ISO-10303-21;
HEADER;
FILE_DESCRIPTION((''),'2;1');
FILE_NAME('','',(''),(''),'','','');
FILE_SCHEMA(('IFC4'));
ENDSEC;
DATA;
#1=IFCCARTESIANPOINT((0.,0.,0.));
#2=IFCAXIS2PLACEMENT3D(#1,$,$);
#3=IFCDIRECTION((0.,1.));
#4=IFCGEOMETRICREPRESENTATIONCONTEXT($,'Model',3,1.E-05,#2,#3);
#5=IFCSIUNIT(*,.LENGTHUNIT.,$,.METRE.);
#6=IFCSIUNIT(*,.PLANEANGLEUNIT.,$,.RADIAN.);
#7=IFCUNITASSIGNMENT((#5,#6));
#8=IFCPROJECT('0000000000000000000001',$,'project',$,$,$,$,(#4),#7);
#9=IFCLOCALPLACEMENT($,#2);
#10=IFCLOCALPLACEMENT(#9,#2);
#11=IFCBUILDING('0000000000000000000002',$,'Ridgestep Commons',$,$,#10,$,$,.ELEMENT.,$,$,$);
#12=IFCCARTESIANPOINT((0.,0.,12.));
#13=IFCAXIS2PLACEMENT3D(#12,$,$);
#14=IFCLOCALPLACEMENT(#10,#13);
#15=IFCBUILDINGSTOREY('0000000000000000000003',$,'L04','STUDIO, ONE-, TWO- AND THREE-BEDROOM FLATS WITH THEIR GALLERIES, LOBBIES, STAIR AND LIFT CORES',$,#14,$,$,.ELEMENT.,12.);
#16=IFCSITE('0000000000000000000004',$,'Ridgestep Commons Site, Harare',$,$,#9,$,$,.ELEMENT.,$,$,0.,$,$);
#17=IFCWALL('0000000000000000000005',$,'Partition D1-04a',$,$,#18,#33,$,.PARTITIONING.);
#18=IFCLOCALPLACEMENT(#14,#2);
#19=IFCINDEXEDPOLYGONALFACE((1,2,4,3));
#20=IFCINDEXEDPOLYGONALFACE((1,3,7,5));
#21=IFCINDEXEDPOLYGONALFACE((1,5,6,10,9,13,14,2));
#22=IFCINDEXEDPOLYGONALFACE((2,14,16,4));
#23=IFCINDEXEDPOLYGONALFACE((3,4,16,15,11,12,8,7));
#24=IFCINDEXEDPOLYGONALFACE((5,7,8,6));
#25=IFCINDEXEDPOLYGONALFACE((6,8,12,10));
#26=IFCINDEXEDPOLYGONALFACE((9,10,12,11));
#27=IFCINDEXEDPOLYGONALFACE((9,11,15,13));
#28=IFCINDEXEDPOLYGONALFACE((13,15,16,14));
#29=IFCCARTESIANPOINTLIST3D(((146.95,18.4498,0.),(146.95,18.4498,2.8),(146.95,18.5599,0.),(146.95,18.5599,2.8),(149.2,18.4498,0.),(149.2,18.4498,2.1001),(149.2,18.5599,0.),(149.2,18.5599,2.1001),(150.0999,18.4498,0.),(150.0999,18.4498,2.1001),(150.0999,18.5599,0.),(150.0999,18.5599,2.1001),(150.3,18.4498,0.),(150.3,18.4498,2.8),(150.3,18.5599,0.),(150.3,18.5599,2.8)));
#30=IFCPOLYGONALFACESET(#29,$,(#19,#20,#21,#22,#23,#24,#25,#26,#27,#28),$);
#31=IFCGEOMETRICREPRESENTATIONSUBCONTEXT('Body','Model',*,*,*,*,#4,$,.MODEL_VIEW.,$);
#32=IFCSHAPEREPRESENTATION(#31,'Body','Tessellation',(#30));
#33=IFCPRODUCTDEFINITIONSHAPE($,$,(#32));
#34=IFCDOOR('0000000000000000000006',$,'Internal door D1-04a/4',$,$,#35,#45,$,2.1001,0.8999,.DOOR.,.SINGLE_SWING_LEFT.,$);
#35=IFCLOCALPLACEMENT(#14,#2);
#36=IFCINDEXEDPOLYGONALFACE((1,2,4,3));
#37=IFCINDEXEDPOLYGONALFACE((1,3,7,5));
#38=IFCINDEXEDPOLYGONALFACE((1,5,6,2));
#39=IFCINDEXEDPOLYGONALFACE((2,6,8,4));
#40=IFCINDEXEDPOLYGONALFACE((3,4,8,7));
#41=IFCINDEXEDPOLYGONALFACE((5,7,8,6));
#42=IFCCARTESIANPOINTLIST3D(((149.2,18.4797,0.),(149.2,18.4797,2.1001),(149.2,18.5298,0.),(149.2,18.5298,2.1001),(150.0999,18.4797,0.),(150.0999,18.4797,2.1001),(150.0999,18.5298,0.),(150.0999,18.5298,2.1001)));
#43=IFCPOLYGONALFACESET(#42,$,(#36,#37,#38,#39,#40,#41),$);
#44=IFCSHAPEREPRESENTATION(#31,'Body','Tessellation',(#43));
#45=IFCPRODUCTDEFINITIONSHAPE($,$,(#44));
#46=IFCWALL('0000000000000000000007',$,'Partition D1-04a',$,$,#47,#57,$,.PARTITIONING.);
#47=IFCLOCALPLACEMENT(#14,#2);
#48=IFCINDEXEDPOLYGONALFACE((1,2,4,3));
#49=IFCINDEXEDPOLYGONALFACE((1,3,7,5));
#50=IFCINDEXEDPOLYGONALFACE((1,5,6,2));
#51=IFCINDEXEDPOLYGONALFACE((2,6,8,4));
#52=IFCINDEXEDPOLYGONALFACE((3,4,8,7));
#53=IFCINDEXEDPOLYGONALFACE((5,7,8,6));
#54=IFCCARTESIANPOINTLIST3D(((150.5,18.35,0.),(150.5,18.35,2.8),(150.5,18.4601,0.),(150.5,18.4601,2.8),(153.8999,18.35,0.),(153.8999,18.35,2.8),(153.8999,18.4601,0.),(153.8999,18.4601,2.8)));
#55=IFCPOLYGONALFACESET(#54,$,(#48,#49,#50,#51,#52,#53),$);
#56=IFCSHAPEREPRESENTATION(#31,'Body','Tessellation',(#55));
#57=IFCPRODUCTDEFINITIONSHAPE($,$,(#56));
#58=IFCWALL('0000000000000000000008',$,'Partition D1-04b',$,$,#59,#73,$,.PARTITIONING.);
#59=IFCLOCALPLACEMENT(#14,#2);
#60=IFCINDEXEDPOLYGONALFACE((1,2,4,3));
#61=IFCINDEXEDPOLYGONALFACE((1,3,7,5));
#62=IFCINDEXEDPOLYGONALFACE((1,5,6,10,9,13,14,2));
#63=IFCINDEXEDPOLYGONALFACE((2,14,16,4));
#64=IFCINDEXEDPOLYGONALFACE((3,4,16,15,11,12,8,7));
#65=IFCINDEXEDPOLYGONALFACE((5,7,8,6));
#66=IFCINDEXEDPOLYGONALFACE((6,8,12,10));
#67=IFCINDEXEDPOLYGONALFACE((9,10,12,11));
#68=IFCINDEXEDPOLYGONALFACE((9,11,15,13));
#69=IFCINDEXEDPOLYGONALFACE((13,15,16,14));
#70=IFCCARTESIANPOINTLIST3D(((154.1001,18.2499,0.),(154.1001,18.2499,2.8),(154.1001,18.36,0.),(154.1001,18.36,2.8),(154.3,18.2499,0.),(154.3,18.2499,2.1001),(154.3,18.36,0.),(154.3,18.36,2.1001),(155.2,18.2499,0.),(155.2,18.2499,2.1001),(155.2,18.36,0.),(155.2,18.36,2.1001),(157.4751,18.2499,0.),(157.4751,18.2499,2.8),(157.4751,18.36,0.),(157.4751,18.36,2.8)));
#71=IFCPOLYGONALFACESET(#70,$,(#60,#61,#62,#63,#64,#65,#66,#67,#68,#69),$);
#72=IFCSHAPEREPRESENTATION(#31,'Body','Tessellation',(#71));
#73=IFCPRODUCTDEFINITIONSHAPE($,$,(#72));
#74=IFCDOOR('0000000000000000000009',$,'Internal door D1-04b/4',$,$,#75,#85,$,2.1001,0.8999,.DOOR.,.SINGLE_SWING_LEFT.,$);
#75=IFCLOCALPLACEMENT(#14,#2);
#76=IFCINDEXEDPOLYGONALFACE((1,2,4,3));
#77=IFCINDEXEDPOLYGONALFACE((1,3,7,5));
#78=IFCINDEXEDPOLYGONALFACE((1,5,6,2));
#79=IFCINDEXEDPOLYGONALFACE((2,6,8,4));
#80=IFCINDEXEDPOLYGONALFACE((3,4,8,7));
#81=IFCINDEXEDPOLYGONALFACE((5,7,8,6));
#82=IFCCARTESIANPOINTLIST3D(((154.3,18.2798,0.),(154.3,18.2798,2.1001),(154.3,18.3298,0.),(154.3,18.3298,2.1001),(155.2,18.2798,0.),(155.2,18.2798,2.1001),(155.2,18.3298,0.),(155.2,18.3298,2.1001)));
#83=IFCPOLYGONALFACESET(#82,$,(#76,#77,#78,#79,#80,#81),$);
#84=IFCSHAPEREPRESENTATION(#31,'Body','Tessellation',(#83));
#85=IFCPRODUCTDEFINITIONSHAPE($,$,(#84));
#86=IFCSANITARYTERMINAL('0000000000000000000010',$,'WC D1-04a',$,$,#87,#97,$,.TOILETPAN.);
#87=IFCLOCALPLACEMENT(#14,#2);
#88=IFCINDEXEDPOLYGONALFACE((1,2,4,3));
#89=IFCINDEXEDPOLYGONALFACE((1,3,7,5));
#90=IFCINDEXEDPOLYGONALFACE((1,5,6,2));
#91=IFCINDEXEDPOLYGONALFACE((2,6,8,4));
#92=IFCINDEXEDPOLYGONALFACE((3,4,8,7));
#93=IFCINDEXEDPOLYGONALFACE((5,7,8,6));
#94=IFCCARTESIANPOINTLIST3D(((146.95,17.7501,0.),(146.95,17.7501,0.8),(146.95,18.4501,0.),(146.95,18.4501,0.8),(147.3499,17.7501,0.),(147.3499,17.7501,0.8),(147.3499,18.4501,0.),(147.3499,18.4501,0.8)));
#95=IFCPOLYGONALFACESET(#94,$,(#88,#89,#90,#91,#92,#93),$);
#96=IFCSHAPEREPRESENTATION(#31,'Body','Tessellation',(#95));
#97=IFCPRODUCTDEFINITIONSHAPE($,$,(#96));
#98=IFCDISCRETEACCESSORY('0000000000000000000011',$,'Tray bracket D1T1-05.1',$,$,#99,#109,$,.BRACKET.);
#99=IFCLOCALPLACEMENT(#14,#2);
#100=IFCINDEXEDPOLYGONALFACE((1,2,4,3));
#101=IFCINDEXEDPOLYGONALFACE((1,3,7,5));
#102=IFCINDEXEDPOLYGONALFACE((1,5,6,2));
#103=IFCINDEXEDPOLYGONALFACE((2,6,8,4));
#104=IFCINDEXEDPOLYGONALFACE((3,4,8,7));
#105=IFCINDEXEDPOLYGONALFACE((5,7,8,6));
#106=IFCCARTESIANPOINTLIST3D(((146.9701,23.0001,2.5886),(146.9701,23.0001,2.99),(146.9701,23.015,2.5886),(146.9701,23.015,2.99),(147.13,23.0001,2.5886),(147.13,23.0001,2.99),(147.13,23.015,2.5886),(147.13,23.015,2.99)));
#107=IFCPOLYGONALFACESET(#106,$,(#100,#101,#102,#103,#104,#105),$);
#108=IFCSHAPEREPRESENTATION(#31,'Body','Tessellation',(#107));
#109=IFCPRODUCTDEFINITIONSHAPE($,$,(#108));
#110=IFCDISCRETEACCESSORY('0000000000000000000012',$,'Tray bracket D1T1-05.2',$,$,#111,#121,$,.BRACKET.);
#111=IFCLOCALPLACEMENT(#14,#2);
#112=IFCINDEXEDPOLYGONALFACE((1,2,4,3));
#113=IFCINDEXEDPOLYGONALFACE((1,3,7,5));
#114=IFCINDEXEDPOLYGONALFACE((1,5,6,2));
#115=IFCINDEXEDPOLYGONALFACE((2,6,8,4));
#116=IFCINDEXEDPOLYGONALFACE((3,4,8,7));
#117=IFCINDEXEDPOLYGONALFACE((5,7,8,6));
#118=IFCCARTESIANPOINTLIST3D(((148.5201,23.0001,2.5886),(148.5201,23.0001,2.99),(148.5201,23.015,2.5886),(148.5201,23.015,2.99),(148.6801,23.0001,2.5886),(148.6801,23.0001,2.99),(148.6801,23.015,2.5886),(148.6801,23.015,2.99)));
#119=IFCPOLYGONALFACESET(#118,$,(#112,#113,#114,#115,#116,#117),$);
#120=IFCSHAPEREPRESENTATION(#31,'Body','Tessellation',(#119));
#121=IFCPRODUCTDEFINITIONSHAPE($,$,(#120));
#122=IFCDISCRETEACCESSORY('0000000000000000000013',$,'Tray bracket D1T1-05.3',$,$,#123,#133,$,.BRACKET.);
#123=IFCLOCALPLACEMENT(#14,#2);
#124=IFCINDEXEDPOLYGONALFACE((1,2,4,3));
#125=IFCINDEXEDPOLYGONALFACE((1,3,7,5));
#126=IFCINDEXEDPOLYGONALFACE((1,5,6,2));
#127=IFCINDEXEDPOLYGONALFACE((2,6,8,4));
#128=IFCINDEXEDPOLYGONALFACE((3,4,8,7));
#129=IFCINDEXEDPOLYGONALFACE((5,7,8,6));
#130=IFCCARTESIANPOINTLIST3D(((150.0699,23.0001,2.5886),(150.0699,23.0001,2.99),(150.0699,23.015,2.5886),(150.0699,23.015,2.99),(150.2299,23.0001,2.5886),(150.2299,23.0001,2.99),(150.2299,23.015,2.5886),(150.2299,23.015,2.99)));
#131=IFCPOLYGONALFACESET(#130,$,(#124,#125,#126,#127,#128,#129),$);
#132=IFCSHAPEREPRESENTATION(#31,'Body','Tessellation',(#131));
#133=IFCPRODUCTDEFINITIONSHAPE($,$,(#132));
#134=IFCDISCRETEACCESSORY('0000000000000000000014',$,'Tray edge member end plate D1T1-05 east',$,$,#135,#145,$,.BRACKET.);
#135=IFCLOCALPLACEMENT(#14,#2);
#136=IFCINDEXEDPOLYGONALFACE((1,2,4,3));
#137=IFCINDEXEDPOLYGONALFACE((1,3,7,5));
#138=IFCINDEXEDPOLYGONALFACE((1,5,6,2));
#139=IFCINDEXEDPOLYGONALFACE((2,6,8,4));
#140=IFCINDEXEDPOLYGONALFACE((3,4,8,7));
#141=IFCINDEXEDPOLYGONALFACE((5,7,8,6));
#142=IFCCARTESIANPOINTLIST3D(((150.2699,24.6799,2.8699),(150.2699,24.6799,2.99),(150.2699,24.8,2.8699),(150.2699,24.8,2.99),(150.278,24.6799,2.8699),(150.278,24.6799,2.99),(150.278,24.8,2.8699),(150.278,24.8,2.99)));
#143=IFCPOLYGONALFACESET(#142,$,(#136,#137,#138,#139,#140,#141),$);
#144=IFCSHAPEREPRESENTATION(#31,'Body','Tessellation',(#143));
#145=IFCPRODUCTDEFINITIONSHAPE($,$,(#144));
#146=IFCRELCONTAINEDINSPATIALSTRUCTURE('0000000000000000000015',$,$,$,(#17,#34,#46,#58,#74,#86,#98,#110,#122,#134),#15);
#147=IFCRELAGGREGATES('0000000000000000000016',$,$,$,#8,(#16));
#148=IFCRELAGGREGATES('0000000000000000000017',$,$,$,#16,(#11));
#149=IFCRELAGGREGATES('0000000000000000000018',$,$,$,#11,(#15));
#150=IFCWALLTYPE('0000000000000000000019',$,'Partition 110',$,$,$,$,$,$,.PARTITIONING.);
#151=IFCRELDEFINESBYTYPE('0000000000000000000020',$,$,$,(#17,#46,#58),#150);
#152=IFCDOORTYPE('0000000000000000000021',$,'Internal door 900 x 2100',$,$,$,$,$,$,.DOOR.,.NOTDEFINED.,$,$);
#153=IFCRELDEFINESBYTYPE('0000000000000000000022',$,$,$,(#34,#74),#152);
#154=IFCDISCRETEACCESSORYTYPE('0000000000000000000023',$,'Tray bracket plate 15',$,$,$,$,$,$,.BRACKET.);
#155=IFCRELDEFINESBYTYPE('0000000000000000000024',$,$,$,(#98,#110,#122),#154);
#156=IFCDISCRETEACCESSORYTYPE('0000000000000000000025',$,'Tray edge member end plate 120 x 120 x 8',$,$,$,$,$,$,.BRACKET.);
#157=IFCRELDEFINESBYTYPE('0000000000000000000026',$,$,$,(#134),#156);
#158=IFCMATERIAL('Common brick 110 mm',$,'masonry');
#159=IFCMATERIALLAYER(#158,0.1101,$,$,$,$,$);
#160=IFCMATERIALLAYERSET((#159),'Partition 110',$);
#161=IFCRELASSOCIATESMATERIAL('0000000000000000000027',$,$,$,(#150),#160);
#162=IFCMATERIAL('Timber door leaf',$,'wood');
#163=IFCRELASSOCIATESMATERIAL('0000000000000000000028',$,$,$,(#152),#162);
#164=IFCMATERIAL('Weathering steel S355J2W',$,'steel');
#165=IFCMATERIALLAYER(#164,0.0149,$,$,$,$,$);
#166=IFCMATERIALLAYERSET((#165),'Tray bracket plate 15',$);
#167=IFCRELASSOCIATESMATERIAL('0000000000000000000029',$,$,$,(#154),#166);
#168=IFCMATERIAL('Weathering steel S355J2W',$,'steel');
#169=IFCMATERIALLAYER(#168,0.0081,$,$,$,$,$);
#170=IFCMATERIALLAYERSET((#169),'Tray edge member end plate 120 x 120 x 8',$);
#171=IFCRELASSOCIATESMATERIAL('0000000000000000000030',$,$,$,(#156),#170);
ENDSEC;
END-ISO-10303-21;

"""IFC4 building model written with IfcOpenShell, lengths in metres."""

from ifc_helpers import new_model, si_unit, direction, frame, frame_2d, origin, origin_2d, place, context, subcontext, project, spatial, rectangle, extrude, material, layer, layer_set, type_object, element, fill, save


model = new_model("IFC4")

# Units and contexts
model_context = context("Model", 3, precision=1e-05, world=origin(), true_north=direction((0.0, 1.0)))
body_context = subcontext(model_context, "Body", "Model", "MODEL_VIEW")
ifc_project = project(units=[si_unit("LENGTHUNIT", "METRE"), si_unit("PLANEANGLEUNIT", "RADIAN")], contexts=[model_context])

# Site, building, storey
site_placement = place(None, origin())
site = spatial("IfcSite", under=ifc_project, at=site_placement, Name="Ridgestep Commons Site, Harare", CompositionType="ELEMENT", RefElevation=0.0)
building_placement = place(site_placement, origin())
building = spatial("IfcBuilding", under=site, at=building_placement, Name="Ridgestep Commons", CompositionType="ELEMENT")
storey_placement = place(building_placement, frame((0.0, 0.0, 12.0)))
storey = spatial("IfcBuildingStorey", under=building, at=storey_placement, Name="L04", Description="STUDIO, ONE-, TWO- AND THREE-BEDROOM FLATS WITH THEIR GALLERIES, LOBBIES, STAIR AND LIFT CORES", CompositionType="ELEMENT", Elevation=12.0)

# Wall, opening, door
ifc_material_1 = material(Name="Common brick 110 mm", Category="masonry")
ifc_layer_1 = layer(ifc_material_1, 0.1101)
ifc_layer_set_1 = layer_set([ifc_layer_1], Name="Partition 110")
wall_type_1 = type_object("IfcWallType", Name="Partition 110", PredefinedType="PARTITIONING", material=ifc_layer_set_1)
wall_1_placement = place(storey_placement, frame((146.95, 18.5049, 0.0), z_axis=(0.0, 0.0, 1.0), x_axis=(1.0, 0.0, 0.0)))
wall_1 = element("IfcWall", 1, at=wall_1_placement, inside=storey, type_object=wall_type_1, Name="Partition D1-04a", PredefinedType="PARTITIONING", context=body_context, shape_type="SweptSolid", body=[
    extrude(rectangle(XDim=3.3501, YDim=0.1101, at=frame_2d((1.675, 0.0))), origin(), (0.0, 0.0, 1.0), 2.8),
])
opening_1_placement = place(wall_1_placement, frame((2.25, 0.0, 0.0)))
opening_1 = element("IfcOpeningElement", 2, at=opening_1_placement, cuts=wall_1, PredefinedType="OPENING", context=body_context, shape_type="SweptSolid", body=[
    extrude(rectangle(XDim=0.8999, YDim=2.1001, at=frame_2d((0.45, 1.05))), frame((0.0, 0.0649, 0.0), z_axis=(0.0, -1.0, 0.0), x_axis=(1.0, 0.0, 0.0)), (0.0, 0.0, 1.0), 0.1301),
])
ifc_material_2 = material(Name="Timber door leaf", Category="wood")
door_type_1 = type_object("IfcDoorType", Name="Internal door 900 x 2100", OperationType="NOTDEFINED", PredefinedType="DOOR", material=ifc_material_2)
door_1_placement = place(opening_1_placement, origin())
door_1 = element("IfcDoor", 3, at=door_1_placement, inside=storey, type_object=door_type_1, Name="Internal door D1-04a/4", OperationType="SINGLE_SWING_LEFT", OverallHeight=2.1001, OverallWidth=0.8999, PredefinedType="DOOR", context=body_context, shape_type="SweptSolid", body=[
    extrude(rectangle(XDim=0.8999, YDim=2.1001, at=frame_2d((0.45, 1.05))), frame((0.0, 0.0249, 0.0), z_axis=(0.0, -1.0, 0.0), x_axis=(1.0, 0.0, 0.0)), (0.0, 0.0, 1.0), 0.05),
])
fill(opening_1, door_1)

# Wall
wall_2_placement = place(storey_placement, frame((150.5, 18.405, 0.0), z_axis=(0.0, 0.0, 1.0), x_axis=(1.0, 0.0, 0.0)))
element("IfcWall", 4, at=wall_2_placement, inside=storey, type_object=wall_type_1, Name="Partition D1-04a", PredefinedType="PARTITIONING", context=body_context, shape_type="SweptSolid", body=[
    extrude(rectangle(XDim=3.3999, YDim=0.1101, at=frame_2d((1.7, 0.0))), origin(), (0.0, 0.0, 1.0), 2.8),
])

# Wall, opening, door
wall_3_placement = place(storey_placement, frame((154.1001, 18.3049, 0.0), z_axis=(0.0, 0.0, 1.0), x_axis=(1.0, 0.0, 0.0)))
wall_3 = element("IfcWall", 5, at=wall_3_placement, inside=storey, type_object=wall_type_1, Name="Partition D1-04b", PredefinedType="PARTITIONING", context=body_context, shape_type="SweptSolid", body=[
    extrude(rectangle(XDim=3.375, YDim=0.1101, at=frame_2d((1.6875, 0.0))), origin(), (0.0, 0.0, 1.0), 2.8),
])
opening_2_placement = place(wall_3_placement, frame((0.2, 0.0, 0.0)))
opening_2 = element("IfcOpeningElement", 6, at=opening_2_placement, cuts=wall_3, PredefinedType="OPENING", context=body_context, shape_type="SweptSolid", body=[
    extrude(rectangle(XDim=0.8999, YDim=2.1001, at=frame_2d((0.45, 1.05))), frame((0.0, 0.0649, 0.0), z_axis=(0.0, -1.0, 0.0), x_axis=(1.0, 0.0, 0.0)), (0.0, 0.0, 1.0), 0.1301),
])
door_2_placement = place(opening_2_placement, origin())
door_2 = element("IfcDoor", 7, at=door_2_placement, inside=storey, type_object=door_type_1, Name="Internal door D1-04b/4", OperationType="SINGLE_SWING_LEFT", OverallHeight=2.1001, OverallWidth=0.8999, PredefinedType="DOOR", context=body_context, shape_type="SweptSolid", body=[
    extrude(rectangle(XDim=0.8999, YDim=2.1001, at=frame_2d((0.45, 1.05))), frame((0.0, 0.0249, 0.0), z_axis=(0.0, -1.0, 0.0), x_axis=(1.0, 0.0, 0.0)), (0.0, 0.0, 1.0), 0.05),
])
fill(opening_2, door_2)

# Sanitary terminal
sanitary_terminal_placement = place(storey_placement, frame((147.1499, 18.1001, 0.0), z_axis=(0.0, 0.0, 1.0), x_axis=(1.0, 0.0, 0.0)))
element("IfcSanitaryTerminal", 8, at=sanitary_terminal_placement, inside=storey, Name="WC D1-04a", PredefinedType="TOILETPAN", context=body_context, shape_type="SweptSolid", body=[
    extrude(rectangle(XDim=0.3999, YDim=0.7, at=origin_2d()), origin(), (0.0, 0.0, 1.0), 0.8),
])

# Discrete accessories
ifc_material_3 = material(Name="Weathering steel S355J2W", Category="steel")
ifc_layer_2 = layer(ifc_material_3, 0.0149)
ifc_layer_set_2 = layer_set([ifc_layer_2], Name="Tray bracket plate 15")
discrete_accessory_type_1 = type_object("IfcDiscreteAccessoryType", Name="Tray bracket plate 15", PredefinedType="BRACKET", material=ifc_layer_set_2)
for number, where, z_axis, x_axis, name in (
    (9, (147.05, 23.0076, 2.5886), (0.0, 0.0, 1.0), (1.0, 0.0, 0.0), "Tray bracket D1T1-05.1"),
    (10, (148.6001, 23.0076, 2.5886), (0.0, 0.0, 1.0), (1.0, 0.0, 0.0), "Tray bracket D1T1-05.2"),
    (11, (150.1499, 23.0076, 2.5886), (0.0, 0.0, 1.0), (1.0, 0.0, 0.0), "Tray bracket D1T1-05.3"),
):
    element("IfcDiscreteAccessory", number, at=place(storey_placement, frame(where, z_axis=z_axis, x_axis=x_axis)), inside=storey, type_object=discrete_accessory_type_1, Name=name, PredefinedType="BRACKET", context=body_context, shape_type="SweptSolid", body=[
        extrude(rectangle(XDim=0.1599, YDim=0.0149, at=origin_2d()), origin(), (0.0, 0.0, 1.0), 0.4014),
    ])
ifc_material_4 = material(Name="Weathering steel S355J2W", Category="steel")
ifc_layer_3 = layer(ifc_material_4, 0.0081)
ifc_layer_set_3 = layer_set([ifc_layer_3], Name="Tray edge member end plate 120 x 120 x 8")
discrete_accessory_type_2 = type_object("IfcDiscreteAccessoryType", Name="Tray edge member end plate 120 x 120 x 8", PredefinedType="BRACKET", material=ifc_layer_set_3)
discrete_accessory_placement = place(storey_placement, frame((150.2739, 24.74, 2.8699), z_axis=(0.0, 0.0, 1.0), x_axis=(1.0, 0.0, 0.0)))
element("IfcDiscreteAccessory", 12, at=discrete_accessory_placement, inside=storey, type_object=discrete_accessory_type_2, Name="Tray edge member end plate D1T1-05 east", PredefinedType="BRACKET", context=body_context, shape_type="SweptSolid", body=[
    extrude(rectangle(XDim=0.0081, YDim=0.1201, at=origin_2d()), origin(), (0.0, 0.0, 1.0), 0.1201),
])

save(model, "model.ifc")
